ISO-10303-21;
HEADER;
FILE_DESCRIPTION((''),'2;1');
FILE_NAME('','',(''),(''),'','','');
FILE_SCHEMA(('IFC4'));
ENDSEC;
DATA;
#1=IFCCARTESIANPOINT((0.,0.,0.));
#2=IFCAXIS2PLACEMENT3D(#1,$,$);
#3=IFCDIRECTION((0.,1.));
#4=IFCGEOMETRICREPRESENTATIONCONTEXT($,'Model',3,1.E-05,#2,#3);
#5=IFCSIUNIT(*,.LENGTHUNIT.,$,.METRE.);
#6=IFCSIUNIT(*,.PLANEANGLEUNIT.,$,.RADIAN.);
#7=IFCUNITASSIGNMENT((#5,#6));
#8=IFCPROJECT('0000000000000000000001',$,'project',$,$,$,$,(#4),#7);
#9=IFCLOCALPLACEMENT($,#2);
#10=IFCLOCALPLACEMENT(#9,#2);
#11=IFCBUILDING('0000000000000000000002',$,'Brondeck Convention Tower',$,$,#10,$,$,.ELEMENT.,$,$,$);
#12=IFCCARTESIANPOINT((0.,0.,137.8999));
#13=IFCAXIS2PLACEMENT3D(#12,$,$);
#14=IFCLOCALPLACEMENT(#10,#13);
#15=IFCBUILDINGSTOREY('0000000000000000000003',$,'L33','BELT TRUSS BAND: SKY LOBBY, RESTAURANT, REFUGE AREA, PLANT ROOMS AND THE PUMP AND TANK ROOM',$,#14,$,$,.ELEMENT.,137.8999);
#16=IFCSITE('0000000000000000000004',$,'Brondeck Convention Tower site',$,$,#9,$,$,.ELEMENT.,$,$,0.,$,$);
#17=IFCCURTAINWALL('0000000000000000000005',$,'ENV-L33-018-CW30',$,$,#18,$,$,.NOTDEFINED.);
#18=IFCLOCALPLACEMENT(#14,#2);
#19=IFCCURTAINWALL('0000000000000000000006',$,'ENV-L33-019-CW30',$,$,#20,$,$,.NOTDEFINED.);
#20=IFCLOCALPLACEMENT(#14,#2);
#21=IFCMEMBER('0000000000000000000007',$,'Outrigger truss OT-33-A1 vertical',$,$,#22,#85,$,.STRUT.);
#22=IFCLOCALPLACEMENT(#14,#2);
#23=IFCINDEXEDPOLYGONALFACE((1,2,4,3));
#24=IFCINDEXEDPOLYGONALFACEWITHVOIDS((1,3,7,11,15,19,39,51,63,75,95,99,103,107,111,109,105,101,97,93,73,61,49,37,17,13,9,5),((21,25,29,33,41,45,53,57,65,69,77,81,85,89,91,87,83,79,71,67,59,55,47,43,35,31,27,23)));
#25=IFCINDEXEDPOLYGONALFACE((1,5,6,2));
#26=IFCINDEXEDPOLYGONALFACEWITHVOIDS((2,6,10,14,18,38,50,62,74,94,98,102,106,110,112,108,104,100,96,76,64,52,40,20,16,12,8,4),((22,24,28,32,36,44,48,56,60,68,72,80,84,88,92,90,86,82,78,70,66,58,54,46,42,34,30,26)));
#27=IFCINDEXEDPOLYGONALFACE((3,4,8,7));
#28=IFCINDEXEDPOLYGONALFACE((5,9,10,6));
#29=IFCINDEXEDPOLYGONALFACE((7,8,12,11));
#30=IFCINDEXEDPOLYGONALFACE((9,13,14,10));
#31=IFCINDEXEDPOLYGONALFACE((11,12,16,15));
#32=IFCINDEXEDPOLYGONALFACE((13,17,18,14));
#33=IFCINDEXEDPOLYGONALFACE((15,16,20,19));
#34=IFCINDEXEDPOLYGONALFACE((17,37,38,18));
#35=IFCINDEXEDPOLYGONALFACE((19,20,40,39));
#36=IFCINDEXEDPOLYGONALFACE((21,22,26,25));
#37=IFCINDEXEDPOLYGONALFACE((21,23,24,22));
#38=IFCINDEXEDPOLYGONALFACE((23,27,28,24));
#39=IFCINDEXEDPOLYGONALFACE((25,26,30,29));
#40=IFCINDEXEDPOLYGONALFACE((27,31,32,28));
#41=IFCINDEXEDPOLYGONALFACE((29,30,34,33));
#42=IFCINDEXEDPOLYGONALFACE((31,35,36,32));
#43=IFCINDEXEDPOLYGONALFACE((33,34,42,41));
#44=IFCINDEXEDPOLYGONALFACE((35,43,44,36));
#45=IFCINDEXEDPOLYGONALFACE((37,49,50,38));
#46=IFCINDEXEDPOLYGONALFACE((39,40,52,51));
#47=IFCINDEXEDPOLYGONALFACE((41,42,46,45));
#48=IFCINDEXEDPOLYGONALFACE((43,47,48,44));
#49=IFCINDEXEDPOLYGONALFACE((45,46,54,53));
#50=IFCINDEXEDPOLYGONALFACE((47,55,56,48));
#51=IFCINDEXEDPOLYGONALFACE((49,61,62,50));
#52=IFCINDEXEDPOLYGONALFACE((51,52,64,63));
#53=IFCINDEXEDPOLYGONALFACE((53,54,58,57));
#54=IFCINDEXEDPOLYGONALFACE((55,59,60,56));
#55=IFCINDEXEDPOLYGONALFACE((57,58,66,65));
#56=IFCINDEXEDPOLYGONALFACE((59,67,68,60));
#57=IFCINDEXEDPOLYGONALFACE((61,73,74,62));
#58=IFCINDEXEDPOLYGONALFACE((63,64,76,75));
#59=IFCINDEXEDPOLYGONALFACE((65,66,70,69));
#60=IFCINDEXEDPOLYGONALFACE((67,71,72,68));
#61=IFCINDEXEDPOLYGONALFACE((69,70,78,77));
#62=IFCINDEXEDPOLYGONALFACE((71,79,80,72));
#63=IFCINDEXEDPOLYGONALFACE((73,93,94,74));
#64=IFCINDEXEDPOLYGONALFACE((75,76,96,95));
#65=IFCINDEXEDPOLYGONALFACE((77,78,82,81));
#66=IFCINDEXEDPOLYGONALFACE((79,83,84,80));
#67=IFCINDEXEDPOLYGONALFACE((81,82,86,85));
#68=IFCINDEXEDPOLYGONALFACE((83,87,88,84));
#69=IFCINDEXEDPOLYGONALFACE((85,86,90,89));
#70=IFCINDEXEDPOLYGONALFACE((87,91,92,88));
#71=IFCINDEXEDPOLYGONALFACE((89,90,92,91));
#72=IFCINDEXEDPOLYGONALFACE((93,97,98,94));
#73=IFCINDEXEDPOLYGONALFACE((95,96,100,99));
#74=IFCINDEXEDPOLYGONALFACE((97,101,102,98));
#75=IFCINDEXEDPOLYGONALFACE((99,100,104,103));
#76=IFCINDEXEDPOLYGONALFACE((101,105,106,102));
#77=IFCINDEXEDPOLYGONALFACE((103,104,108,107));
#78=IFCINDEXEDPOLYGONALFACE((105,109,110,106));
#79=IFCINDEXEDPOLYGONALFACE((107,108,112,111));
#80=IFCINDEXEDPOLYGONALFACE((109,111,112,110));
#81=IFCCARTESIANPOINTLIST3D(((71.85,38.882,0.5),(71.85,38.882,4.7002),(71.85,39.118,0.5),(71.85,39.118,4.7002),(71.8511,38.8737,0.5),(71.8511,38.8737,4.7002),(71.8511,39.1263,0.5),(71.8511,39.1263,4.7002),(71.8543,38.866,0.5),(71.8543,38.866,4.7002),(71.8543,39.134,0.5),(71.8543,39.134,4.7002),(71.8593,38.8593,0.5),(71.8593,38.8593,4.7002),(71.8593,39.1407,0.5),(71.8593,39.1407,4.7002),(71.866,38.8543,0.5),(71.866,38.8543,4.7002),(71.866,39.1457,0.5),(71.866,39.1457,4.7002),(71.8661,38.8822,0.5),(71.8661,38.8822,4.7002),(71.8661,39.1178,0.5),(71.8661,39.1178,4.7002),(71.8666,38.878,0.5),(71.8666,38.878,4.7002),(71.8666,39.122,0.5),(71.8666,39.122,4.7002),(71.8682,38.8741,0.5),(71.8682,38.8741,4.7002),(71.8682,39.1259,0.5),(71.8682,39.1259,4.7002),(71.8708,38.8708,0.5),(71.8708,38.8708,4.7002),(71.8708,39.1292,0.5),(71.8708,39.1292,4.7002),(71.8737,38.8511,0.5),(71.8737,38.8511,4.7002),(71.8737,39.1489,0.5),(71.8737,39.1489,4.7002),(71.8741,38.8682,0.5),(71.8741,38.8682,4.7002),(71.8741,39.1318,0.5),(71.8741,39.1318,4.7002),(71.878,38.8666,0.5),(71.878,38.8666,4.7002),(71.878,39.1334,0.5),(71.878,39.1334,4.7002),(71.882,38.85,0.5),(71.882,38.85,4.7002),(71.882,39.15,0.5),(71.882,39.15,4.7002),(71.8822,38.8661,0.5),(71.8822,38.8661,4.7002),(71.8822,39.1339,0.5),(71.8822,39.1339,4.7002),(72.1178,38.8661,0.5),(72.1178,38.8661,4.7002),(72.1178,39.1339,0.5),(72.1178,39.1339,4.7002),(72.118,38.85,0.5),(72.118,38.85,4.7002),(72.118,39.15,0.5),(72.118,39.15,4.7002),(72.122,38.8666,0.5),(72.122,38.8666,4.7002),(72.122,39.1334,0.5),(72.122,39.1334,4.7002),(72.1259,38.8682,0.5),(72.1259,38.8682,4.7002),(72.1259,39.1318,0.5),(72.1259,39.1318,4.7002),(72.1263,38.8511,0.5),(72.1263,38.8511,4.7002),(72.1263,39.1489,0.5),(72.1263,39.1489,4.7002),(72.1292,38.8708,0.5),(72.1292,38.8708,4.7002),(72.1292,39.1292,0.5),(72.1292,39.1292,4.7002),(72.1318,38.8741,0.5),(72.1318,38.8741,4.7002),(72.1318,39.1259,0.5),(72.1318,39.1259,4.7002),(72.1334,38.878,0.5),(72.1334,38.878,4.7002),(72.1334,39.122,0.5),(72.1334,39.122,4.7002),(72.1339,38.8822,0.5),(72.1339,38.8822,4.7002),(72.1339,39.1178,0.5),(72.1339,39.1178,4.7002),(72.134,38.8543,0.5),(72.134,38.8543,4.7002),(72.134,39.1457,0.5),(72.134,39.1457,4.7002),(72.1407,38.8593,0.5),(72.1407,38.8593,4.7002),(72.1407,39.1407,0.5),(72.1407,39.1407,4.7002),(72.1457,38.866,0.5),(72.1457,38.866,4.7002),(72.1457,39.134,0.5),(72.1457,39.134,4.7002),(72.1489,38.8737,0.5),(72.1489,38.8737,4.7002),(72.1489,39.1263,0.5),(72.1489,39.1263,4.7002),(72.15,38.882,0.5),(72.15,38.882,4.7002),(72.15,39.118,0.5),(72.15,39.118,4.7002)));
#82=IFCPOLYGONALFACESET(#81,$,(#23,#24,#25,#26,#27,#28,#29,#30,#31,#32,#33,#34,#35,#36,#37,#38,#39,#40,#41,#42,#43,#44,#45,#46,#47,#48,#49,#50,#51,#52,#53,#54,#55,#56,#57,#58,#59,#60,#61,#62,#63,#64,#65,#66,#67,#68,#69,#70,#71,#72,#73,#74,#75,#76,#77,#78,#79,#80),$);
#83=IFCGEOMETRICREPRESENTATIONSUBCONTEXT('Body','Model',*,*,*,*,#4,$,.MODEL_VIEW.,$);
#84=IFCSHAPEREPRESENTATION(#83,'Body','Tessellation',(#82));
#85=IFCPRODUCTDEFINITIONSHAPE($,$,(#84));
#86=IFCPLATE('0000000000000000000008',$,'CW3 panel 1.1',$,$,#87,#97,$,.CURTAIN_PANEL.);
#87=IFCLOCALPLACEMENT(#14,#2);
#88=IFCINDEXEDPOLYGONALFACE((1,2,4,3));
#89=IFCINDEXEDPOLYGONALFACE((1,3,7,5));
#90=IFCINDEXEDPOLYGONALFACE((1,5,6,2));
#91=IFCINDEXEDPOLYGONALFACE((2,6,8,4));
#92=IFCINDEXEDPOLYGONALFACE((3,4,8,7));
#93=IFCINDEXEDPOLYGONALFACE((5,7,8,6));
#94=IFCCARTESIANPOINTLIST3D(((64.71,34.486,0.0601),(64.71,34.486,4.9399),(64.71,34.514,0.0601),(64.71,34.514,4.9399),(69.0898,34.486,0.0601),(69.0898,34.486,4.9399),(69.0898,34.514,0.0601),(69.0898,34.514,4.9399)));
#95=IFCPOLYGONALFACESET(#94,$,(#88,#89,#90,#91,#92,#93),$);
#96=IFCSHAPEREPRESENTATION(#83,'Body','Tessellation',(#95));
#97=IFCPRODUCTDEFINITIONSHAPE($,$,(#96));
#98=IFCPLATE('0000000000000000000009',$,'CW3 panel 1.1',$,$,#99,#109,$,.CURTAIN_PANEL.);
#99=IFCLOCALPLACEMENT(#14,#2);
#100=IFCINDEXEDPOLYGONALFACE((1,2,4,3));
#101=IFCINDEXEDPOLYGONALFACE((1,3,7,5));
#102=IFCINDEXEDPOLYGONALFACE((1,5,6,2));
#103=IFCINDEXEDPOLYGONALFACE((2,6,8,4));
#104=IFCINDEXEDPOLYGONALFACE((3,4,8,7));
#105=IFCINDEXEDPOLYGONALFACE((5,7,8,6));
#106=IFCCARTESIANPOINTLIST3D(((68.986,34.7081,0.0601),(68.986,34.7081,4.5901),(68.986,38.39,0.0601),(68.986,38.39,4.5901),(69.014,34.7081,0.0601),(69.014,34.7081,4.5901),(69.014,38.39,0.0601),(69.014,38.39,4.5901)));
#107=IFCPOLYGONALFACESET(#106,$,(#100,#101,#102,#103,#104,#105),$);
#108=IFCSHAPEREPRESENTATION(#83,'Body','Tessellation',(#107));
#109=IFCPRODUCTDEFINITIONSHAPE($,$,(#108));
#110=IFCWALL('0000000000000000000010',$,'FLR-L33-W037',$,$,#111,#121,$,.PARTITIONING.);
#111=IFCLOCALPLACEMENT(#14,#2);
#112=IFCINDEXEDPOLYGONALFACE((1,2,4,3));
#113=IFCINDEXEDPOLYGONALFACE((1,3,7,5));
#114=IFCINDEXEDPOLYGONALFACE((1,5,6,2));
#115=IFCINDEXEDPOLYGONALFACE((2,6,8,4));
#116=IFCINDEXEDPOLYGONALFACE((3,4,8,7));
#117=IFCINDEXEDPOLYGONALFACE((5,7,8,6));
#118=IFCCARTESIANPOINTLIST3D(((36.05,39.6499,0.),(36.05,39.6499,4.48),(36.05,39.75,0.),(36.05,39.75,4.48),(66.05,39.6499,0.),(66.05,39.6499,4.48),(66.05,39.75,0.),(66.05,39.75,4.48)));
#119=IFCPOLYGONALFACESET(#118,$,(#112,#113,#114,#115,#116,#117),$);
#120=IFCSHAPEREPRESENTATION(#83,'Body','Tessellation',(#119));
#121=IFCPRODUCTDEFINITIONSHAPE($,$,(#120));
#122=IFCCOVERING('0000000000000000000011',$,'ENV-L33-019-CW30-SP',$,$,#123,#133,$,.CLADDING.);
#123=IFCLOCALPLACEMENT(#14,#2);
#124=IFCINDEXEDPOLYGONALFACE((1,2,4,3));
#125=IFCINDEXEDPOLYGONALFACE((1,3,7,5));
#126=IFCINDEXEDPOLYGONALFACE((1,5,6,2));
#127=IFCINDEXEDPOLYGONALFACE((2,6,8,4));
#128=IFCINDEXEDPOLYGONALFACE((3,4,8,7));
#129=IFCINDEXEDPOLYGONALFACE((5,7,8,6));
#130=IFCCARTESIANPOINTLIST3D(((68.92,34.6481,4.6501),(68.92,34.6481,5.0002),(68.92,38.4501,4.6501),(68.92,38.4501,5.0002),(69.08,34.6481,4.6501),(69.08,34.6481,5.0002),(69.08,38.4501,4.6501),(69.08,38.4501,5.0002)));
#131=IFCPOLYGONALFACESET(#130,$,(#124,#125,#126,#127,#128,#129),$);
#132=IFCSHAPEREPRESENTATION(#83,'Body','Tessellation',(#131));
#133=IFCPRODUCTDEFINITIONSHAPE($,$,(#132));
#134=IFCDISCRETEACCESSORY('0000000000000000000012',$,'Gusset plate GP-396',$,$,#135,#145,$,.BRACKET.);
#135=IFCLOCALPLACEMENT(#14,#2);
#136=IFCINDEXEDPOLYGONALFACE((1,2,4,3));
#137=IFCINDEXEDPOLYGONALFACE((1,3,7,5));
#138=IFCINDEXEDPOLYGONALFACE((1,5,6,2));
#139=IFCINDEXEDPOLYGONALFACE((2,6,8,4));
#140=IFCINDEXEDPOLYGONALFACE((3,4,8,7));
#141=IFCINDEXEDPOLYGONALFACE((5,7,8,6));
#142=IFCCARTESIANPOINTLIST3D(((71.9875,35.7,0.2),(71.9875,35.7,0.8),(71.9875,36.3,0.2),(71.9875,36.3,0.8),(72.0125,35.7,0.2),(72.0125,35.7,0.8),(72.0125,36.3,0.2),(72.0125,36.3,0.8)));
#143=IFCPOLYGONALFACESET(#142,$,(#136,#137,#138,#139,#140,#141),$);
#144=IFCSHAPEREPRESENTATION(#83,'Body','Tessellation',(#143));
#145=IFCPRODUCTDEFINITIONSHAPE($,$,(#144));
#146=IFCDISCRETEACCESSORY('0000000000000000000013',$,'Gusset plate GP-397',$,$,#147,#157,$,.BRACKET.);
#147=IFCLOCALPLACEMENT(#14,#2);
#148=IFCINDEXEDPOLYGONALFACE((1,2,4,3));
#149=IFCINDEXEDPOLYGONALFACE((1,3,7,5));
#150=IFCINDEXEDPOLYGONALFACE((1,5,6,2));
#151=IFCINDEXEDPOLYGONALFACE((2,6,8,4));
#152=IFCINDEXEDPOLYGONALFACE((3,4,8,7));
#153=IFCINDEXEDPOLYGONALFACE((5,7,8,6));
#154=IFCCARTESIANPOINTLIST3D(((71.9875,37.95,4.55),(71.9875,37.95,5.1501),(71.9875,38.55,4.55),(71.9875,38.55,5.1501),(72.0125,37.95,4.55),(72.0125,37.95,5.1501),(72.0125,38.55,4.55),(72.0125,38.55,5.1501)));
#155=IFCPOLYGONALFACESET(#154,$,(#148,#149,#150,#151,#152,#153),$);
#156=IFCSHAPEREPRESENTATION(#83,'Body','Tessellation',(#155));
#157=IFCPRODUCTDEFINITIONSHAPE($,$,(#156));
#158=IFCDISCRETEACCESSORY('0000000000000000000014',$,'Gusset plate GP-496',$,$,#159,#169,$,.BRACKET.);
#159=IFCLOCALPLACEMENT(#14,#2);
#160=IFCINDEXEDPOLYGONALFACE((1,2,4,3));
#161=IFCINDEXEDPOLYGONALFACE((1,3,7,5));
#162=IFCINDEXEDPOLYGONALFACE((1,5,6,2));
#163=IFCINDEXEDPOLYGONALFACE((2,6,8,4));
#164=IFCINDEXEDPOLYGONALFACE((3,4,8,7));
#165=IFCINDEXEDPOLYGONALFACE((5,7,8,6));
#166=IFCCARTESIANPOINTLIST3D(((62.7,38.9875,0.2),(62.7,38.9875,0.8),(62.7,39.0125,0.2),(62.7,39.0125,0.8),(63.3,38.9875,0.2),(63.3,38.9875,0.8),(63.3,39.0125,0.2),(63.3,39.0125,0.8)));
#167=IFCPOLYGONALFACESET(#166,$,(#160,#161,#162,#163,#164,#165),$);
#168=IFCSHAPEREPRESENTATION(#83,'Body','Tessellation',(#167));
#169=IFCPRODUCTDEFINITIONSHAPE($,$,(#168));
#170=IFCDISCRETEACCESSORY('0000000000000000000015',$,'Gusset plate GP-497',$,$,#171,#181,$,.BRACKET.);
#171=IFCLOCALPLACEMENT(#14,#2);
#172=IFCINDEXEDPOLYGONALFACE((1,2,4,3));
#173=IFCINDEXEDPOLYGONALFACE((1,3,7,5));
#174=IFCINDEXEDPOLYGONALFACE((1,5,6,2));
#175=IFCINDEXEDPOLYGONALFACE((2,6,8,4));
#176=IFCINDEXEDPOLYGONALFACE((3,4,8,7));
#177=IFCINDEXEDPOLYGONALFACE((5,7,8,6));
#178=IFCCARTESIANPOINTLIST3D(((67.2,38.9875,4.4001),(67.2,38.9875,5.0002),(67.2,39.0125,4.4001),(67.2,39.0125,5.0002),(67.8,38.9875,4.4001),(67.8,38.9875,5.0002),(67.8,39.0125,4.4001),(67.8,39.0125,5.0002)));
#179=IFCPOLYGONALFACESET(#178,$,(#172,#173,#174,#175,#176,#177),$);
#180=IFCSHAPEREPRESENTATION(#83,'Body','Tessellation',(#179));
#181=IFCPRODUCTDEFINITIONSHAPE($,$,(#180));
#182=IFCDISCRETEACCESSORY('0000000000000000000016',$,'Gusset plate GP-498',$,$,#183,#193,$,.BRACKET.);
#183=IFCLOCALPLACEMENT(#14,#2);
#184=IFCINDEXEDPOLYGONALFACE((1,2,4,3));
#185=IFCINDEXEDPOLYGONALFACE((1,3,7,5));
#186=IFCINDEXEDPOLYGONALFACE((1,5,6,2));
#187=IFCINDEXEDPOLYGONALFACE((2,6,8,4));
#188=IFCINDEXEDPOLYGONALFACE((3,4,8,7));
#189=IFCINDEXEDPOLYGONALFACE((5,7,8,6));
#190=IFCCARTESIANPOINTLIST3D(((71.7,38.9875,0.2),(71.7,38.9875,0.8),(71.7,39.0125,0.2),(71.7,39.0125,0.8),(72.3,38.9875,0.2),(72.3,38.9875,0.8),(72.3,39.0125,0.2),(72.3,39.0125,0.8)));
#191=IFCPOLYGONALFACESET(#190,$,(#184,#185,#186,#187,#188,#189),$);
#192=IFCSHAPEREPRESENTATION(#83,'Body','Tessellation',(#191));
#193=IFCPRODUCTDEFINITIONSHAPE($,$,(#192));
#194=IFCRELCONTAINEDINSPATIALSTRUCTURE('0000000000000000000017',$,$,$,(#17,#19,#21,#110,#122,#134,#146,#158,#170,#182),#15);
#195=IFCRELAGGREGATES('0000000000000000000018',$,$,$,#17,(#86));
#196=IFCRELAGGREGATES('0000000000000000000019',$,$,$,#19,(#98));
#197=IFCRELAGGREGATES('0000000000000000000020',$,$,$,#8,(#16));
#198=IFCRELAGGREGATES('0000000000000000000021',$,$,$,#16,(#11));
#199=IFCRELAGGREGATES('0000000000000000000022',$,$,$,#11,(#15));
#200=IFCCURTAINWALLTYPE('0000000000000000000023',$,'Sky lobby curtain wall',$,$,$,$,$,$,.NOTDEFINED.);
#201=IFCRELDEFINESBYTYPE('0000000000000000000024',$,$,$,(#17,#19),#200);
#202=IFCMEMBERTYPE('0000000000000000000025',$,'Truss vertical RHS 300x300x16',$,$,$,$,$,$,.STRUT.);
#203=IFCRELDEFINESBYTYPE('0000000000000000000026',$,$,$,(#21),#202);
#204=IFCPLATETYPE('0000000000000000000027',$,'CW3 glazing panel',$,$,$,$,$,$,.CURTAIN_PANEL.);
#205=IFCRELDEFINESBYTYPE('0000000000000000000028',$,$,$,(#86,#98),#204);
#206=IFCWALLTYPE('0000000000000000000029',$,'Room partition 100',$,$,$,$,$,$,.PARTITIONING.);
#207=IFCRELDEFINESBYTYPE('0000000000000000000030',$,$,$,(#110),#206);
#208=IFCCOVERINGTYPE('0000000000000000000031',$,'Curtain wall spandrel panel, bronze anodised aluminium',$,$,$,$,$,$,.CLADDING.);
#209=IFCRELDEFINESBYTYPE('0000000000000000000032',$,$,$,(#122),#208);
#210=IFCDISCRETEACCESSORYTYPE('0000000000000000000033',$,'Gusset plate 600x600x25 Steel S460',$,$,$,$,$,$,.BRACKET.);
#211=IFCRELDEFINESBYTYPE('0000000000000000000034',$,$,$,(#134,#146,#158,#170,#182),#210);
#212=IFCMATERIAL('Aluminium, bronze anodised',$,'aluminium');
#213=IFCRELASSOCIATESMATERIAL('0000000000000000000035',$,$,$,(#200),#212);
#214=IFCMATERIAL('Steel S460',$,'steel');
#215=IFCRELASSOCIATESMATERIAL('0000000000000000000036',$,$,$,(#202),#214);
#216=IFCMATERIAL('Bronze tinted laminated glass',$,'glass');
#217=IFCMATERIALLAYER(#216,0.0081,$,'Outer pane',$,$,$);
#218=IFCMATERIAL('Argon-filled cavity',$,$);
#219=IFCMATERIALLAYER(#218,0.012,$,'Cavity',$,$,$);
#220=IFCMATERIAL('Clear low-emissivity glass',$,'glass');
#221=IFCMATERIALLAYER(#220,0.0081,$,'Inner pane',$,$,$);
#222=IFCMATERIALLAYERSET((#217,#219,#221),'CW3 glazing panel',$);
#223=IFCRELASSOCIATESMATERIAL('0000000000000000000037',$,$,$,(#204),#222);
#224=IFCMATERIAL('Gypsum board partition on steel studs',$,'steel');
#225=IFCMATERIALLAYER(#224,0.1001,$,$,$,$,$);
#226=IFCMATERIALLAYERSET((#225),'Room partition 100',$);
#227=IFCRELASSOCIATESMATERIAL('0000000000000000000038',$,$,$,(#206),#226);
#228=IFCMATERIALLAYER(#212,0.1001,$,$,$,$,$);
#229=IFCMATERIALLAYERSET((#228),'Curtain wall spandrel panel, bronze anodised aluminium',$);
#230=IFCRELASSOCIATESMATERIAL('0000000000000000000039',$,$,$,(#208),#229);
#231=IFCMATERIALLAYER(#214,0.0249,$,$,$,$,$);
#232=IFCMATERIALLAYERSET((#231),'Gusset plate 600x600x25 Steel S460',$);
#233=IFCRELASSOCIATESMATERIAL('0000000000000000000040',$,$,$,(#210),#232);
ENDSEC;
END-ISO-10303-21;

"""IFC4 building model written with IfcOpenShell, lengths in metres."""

from ifc_helpers import new_model, si_unit, direction, frame, frame_2d, origin, origin_2d, place, context, subcontext, project, spatial, rectangle, hollow_rectangle, extrude, material, layer, layer_set, material_profile, profile_set, type_object, element, aggregate, save


model = new_model("IFC4")

# Units and contexts
model_context = context("Model", 3, precision=1e-05, world=origin(), true_north=direction((0.0, 1.0)))
body_context = subcontext(model_context, "Body", "Model", "MODEL_VIEW")
ifc_project = project(units=[si_unit("LENGTHUNIT", "METRE"), si_unit("PLANEANGLEUNIT", "RADIAN")], contexts=[model_context])

# Site, building, storey
site_placement = place(None, origin())
site = spatial("IfcSite", under=ifc_project, at=site_placement, Name="Brondeck Convention Tower site", CompositionType="ELEMENT", RefElevation=0.0)
building_placement = place(site_placement, origin())
building = spatial("IfcBuilding", under=site, at=building_placement, Name="Brondeck Convention Tower", CompositionType="ELEMENT")
storey_placement = place(building_placement, frame((0.0, 0.0, 137.8999)))
storey = spatial("IfcBuildingStorey", under=building, at=storey_placement, Name="L33", Description="BELT TRUSS BAND: SKY LOBBY, RESTAURANT, REFUGE AREA, PLANT ROOMS AND THE PUMP AND TANK ROOM", CompositionType="ELEMENT", Elevation=137.8999)

# Shared definitions
ifc_material_1 = material(Name="Aluminium, bronze anodised", Category="aluminium")
curtain_wall_type = type_object("IfcCurtainWallType", Name="Sky lobby curtain wall", PredefinedType="NOTDEFINED", material=ifc_material_1)

# Curtain walls
curtain_wall_1_placement = place(storey_placement, origin())
curtain_wall_1 = element("IfcCurtainWall", 1, at=curtain_wall_1_placement, inside=storey, type_object=curtain_wall_type, Name="ENV-L33-018-CW30", PredefinedType="NOTDEFINED")
curtain_wall_2_placement = place(storey_placement, origin())
curtain_wall_2 = element("IfcCurtainWall", 2, at=curtain_wall_2_placement, inside=storey, type_object=curtain_wall_type, Name="ENV-L33-019-CW30", PredefinedType="NOTDEFINED")

# Shared definitions
ifc_material_2 = material(Name="Steel S460", Category="steel")

# Member
ifc_material_profile_1 = material_profile(ifc_material_2, hollow_rectangle(XDim=0.3, YDim=0.3, WallThickness=0.0161, InnerFilletRadius=0.0161, OuterFilletRadius=0.032, at=origin_2d()), Name="RHS 300x300x16")
ifc_profile_set_1 = profile_set([ifc_material_profile_1], Name="Steel S460")
member_type_1 = type_object("IfcMemberType", Name="Truss vertical RHS 300x300x16", PredefinedType="STRUT", material=ifc_profile_set_1)
for number, where, z_axis, x_axis, name in (
    (3, (72.0, 39.0, 0.5), (0.0, 0.0, 1.0), (1.0, 0.0, 0.0), "Outrigger truss OT-33-A1 vertical"),
):
    element("IfcMember", number, at=place(storey_placement, frame(where, z_axis=z_axis, x_axis=x_axis)), inside=storey, type_object=member_type_1, Name=name, PredefinedType="STRUT", context=body_context, shape_type="SweptSolid", body=[
        extrude(hollow_rectangle(XDim=0.3, YDim=0.3, WallThickness=0.0161, InnerFilletRadius=0.0161, OuterFilletRadius=0.032, at=origin_2d()), origin(), (0.0, 0.0, 1.0), 4.2002),
    ])

# Plates
ifc_material_3 = material(Name="Bronze tinted laminated glass", Category="glass")
ifc_layer_1 = layer(ifc_material_3, 0.0081, Name="Outer pane")
ifc_material_4 = material(Name="Argon-filled cavity")
ifc_layer_2 = layer(ifc_material_4, 0.012, Name="Cavity")
ifc_material_5 = material(Name="Clear low-emissivity glass", Category="glass")
ifc_layer_3 = layer(ifc_material_5, 0.0081, Name="Inner pane")
ifc_layer_set_1 = layer_set([ifc_layer_1, ifc_layer_2, ifc_layer_3], Name="CW3 glazing panel")
plate_type = type_object("IfcPlateType", Name="CW3 glazing panel", PredefinedType="CURTAIN_PANEL", material=ifc_layer_set_1)
plate_1_placement = place(storey_placement, frame((66.8999, 34.5, 0.0601), z_axis=(0.0, 0.0, 1.0), x_axis=(-1.0, 0.0, 0.0)))
plate_1 = element("IfcPlate", 4, at=plate_1_placement, type_object=plate_type, Name="CW3 panel 1.1", PredefinedType="CURTAIN_PANEL", context=body_context, shape_type="SweptSolid", body=[
    extrude(rectangle(XDim=4.3799, YDim=0.0281, at=origin_2d()), origin(), (0.0, 0.0, 1.0), 4.8799),
])
aggregate(curtain_wall_1, [plate_1])
plate_2_placement = place(storey_placement, frame((69.0, 36.5491, 0.0601), z_axis=(0.0, 0.0, 1.0), x_axis=(0.0, -1.0, 0.0)))
plate_2 = element("IfcPlate", 5, at=plate_2_placement, type_object=plate_type, Name="CW3 panel 1.1", PredefinedType="CURTAIN_PANEL", context=body_context, shape_type="SweptSolid", body=[
    extrude(rectangle(XDim=3.6819, YDim=0.0281, at=origin_2d()), origin(), (0.0, 0.0, 1.0), 4.53),
])
aggregate(curtain_wall_2, [plate_2])

# Wall
ifc_material_6 = material(Name="Gypsum board partition on steel studs", Category="steel")
ifc_layer_4 = layer(ifc_material_6, 0.1001)
ifc_layer_set_2 = layer_set([ifc_layer_4], Name="Room partition 100")
wall_type = type_object("IfcWallType", Name="Room partition 100", PredefinedType="PARTITIONING", material=ifc_layer_set_2)
wall_placement = place(storey_placement, frame((66.05, 39.7, 0.0), z_axis=(0.0, 0.0, 1.0), x_axis=(-1.0, 0.0, 0.0)))
element("IfcWall", 6, at=wall_placement, inside=storey, type_object=wall_type, Name="FLR-L33-W037", PredefinedType="PARTITIONING", context=body_context, shape_type="SweptSolid", body=[
    extrude(rectangle(XDim=30.0, YDim=0.1001, at=frame_2d((15.0, 0.0))), origin(), (0.0, 0.0, 1.0), 4.48),
])

# Covering
ifc_layer_5 = layer(ifc_material_1, 0.1001)
ifc_layer_set_3 = layer_set([ifc_layer_5], Name="Curtain wall spandrel panel, bronze anodised aluminium")
covering_type = type_object("IfcCoveringType", Name="Curtain wall spandrel panel, bronze anodised aluminium", PredefinedType="CLADDING", material=ifc_layer_set_3)
covering_placement = place(storey_placement, frame((69.0, 36.5491, 4.6501), z_axis=(0.0, 0.0, 1.0), x_axis=(0.0, -1.0, 0.0)))
element("IfcCovering", 7, at=covering_placement, inside=storey, type_object=covering_type, Name="ENV-L33-019-CW30-SP", PredefinedType="CLADDING", context=body_context, shape_type="SweptSolid", body=[
    extrude(rectangle(XDim=3.802, YDim=0.1599, at=origin_2d()), origin(), (0.0, 0.0, 1.0), 0.3501),
])

# Discrete accessories
ifc_layer_6 = layer(ifc_material_2, 0.0249)
ifc_layer_set_4 = layer_set([ifc_layer_6], Name="Gusset plate 600x600x25 Steel S460")
discrete_accessory_type = type_object("IfcDiscreteAccessoryType", Name="Gusset plate 600x600x25 Steel S460", PredefinedType="BRACKET", material=ifc_layer_set_4)
for number, where, z_axis, x_axis, name in (
    (8, (72.0, 36.0, 0.2), (0.0, 0.0, 1.0), (0.0, 1.0, 0.0), "Gusset plate GP-396"),
    (9, (72.0, 38.25, 4.55), (0.0, 0.0, 1.0), (0.0, 1.0, 0.0), "Gusset plate GP-397"),
    (10, (63.0, 39.0, 0.2), (0.0, 0.0, 1.0), (1.0, 0.0, 0.0), "Gusset plate GP-496"),
    (11, (67.5, 39.0, 4.4001), (0.0, 0.0, 1.0), (1.0, 0.0, 0.0), "Gusset plate GP-497"),
    (12, (72.0, 39.0, 0.2), (0.0, 0.0, 1.0), (1.0, 0.0, 0.0), "Gusset plate GP-498"),
):
    element("IfcDiscreteAccessory", number, at=place(storey_placement, frame(where, z_axis=z_axis, x_axis=x_axis)), inside=storey, type_object=discrete_accessory_type, Name=name, PredefinedType="BRACKET", context=body_context, shape_type="SweptSolid", body=[
        extrude(rectangle(XDim=0.6001, YDim=0.0249, at=origin_2d()), origin(), (0.0, 0.0, 1.0), 0.6001),
    ])

save(model, "model.ifc")
